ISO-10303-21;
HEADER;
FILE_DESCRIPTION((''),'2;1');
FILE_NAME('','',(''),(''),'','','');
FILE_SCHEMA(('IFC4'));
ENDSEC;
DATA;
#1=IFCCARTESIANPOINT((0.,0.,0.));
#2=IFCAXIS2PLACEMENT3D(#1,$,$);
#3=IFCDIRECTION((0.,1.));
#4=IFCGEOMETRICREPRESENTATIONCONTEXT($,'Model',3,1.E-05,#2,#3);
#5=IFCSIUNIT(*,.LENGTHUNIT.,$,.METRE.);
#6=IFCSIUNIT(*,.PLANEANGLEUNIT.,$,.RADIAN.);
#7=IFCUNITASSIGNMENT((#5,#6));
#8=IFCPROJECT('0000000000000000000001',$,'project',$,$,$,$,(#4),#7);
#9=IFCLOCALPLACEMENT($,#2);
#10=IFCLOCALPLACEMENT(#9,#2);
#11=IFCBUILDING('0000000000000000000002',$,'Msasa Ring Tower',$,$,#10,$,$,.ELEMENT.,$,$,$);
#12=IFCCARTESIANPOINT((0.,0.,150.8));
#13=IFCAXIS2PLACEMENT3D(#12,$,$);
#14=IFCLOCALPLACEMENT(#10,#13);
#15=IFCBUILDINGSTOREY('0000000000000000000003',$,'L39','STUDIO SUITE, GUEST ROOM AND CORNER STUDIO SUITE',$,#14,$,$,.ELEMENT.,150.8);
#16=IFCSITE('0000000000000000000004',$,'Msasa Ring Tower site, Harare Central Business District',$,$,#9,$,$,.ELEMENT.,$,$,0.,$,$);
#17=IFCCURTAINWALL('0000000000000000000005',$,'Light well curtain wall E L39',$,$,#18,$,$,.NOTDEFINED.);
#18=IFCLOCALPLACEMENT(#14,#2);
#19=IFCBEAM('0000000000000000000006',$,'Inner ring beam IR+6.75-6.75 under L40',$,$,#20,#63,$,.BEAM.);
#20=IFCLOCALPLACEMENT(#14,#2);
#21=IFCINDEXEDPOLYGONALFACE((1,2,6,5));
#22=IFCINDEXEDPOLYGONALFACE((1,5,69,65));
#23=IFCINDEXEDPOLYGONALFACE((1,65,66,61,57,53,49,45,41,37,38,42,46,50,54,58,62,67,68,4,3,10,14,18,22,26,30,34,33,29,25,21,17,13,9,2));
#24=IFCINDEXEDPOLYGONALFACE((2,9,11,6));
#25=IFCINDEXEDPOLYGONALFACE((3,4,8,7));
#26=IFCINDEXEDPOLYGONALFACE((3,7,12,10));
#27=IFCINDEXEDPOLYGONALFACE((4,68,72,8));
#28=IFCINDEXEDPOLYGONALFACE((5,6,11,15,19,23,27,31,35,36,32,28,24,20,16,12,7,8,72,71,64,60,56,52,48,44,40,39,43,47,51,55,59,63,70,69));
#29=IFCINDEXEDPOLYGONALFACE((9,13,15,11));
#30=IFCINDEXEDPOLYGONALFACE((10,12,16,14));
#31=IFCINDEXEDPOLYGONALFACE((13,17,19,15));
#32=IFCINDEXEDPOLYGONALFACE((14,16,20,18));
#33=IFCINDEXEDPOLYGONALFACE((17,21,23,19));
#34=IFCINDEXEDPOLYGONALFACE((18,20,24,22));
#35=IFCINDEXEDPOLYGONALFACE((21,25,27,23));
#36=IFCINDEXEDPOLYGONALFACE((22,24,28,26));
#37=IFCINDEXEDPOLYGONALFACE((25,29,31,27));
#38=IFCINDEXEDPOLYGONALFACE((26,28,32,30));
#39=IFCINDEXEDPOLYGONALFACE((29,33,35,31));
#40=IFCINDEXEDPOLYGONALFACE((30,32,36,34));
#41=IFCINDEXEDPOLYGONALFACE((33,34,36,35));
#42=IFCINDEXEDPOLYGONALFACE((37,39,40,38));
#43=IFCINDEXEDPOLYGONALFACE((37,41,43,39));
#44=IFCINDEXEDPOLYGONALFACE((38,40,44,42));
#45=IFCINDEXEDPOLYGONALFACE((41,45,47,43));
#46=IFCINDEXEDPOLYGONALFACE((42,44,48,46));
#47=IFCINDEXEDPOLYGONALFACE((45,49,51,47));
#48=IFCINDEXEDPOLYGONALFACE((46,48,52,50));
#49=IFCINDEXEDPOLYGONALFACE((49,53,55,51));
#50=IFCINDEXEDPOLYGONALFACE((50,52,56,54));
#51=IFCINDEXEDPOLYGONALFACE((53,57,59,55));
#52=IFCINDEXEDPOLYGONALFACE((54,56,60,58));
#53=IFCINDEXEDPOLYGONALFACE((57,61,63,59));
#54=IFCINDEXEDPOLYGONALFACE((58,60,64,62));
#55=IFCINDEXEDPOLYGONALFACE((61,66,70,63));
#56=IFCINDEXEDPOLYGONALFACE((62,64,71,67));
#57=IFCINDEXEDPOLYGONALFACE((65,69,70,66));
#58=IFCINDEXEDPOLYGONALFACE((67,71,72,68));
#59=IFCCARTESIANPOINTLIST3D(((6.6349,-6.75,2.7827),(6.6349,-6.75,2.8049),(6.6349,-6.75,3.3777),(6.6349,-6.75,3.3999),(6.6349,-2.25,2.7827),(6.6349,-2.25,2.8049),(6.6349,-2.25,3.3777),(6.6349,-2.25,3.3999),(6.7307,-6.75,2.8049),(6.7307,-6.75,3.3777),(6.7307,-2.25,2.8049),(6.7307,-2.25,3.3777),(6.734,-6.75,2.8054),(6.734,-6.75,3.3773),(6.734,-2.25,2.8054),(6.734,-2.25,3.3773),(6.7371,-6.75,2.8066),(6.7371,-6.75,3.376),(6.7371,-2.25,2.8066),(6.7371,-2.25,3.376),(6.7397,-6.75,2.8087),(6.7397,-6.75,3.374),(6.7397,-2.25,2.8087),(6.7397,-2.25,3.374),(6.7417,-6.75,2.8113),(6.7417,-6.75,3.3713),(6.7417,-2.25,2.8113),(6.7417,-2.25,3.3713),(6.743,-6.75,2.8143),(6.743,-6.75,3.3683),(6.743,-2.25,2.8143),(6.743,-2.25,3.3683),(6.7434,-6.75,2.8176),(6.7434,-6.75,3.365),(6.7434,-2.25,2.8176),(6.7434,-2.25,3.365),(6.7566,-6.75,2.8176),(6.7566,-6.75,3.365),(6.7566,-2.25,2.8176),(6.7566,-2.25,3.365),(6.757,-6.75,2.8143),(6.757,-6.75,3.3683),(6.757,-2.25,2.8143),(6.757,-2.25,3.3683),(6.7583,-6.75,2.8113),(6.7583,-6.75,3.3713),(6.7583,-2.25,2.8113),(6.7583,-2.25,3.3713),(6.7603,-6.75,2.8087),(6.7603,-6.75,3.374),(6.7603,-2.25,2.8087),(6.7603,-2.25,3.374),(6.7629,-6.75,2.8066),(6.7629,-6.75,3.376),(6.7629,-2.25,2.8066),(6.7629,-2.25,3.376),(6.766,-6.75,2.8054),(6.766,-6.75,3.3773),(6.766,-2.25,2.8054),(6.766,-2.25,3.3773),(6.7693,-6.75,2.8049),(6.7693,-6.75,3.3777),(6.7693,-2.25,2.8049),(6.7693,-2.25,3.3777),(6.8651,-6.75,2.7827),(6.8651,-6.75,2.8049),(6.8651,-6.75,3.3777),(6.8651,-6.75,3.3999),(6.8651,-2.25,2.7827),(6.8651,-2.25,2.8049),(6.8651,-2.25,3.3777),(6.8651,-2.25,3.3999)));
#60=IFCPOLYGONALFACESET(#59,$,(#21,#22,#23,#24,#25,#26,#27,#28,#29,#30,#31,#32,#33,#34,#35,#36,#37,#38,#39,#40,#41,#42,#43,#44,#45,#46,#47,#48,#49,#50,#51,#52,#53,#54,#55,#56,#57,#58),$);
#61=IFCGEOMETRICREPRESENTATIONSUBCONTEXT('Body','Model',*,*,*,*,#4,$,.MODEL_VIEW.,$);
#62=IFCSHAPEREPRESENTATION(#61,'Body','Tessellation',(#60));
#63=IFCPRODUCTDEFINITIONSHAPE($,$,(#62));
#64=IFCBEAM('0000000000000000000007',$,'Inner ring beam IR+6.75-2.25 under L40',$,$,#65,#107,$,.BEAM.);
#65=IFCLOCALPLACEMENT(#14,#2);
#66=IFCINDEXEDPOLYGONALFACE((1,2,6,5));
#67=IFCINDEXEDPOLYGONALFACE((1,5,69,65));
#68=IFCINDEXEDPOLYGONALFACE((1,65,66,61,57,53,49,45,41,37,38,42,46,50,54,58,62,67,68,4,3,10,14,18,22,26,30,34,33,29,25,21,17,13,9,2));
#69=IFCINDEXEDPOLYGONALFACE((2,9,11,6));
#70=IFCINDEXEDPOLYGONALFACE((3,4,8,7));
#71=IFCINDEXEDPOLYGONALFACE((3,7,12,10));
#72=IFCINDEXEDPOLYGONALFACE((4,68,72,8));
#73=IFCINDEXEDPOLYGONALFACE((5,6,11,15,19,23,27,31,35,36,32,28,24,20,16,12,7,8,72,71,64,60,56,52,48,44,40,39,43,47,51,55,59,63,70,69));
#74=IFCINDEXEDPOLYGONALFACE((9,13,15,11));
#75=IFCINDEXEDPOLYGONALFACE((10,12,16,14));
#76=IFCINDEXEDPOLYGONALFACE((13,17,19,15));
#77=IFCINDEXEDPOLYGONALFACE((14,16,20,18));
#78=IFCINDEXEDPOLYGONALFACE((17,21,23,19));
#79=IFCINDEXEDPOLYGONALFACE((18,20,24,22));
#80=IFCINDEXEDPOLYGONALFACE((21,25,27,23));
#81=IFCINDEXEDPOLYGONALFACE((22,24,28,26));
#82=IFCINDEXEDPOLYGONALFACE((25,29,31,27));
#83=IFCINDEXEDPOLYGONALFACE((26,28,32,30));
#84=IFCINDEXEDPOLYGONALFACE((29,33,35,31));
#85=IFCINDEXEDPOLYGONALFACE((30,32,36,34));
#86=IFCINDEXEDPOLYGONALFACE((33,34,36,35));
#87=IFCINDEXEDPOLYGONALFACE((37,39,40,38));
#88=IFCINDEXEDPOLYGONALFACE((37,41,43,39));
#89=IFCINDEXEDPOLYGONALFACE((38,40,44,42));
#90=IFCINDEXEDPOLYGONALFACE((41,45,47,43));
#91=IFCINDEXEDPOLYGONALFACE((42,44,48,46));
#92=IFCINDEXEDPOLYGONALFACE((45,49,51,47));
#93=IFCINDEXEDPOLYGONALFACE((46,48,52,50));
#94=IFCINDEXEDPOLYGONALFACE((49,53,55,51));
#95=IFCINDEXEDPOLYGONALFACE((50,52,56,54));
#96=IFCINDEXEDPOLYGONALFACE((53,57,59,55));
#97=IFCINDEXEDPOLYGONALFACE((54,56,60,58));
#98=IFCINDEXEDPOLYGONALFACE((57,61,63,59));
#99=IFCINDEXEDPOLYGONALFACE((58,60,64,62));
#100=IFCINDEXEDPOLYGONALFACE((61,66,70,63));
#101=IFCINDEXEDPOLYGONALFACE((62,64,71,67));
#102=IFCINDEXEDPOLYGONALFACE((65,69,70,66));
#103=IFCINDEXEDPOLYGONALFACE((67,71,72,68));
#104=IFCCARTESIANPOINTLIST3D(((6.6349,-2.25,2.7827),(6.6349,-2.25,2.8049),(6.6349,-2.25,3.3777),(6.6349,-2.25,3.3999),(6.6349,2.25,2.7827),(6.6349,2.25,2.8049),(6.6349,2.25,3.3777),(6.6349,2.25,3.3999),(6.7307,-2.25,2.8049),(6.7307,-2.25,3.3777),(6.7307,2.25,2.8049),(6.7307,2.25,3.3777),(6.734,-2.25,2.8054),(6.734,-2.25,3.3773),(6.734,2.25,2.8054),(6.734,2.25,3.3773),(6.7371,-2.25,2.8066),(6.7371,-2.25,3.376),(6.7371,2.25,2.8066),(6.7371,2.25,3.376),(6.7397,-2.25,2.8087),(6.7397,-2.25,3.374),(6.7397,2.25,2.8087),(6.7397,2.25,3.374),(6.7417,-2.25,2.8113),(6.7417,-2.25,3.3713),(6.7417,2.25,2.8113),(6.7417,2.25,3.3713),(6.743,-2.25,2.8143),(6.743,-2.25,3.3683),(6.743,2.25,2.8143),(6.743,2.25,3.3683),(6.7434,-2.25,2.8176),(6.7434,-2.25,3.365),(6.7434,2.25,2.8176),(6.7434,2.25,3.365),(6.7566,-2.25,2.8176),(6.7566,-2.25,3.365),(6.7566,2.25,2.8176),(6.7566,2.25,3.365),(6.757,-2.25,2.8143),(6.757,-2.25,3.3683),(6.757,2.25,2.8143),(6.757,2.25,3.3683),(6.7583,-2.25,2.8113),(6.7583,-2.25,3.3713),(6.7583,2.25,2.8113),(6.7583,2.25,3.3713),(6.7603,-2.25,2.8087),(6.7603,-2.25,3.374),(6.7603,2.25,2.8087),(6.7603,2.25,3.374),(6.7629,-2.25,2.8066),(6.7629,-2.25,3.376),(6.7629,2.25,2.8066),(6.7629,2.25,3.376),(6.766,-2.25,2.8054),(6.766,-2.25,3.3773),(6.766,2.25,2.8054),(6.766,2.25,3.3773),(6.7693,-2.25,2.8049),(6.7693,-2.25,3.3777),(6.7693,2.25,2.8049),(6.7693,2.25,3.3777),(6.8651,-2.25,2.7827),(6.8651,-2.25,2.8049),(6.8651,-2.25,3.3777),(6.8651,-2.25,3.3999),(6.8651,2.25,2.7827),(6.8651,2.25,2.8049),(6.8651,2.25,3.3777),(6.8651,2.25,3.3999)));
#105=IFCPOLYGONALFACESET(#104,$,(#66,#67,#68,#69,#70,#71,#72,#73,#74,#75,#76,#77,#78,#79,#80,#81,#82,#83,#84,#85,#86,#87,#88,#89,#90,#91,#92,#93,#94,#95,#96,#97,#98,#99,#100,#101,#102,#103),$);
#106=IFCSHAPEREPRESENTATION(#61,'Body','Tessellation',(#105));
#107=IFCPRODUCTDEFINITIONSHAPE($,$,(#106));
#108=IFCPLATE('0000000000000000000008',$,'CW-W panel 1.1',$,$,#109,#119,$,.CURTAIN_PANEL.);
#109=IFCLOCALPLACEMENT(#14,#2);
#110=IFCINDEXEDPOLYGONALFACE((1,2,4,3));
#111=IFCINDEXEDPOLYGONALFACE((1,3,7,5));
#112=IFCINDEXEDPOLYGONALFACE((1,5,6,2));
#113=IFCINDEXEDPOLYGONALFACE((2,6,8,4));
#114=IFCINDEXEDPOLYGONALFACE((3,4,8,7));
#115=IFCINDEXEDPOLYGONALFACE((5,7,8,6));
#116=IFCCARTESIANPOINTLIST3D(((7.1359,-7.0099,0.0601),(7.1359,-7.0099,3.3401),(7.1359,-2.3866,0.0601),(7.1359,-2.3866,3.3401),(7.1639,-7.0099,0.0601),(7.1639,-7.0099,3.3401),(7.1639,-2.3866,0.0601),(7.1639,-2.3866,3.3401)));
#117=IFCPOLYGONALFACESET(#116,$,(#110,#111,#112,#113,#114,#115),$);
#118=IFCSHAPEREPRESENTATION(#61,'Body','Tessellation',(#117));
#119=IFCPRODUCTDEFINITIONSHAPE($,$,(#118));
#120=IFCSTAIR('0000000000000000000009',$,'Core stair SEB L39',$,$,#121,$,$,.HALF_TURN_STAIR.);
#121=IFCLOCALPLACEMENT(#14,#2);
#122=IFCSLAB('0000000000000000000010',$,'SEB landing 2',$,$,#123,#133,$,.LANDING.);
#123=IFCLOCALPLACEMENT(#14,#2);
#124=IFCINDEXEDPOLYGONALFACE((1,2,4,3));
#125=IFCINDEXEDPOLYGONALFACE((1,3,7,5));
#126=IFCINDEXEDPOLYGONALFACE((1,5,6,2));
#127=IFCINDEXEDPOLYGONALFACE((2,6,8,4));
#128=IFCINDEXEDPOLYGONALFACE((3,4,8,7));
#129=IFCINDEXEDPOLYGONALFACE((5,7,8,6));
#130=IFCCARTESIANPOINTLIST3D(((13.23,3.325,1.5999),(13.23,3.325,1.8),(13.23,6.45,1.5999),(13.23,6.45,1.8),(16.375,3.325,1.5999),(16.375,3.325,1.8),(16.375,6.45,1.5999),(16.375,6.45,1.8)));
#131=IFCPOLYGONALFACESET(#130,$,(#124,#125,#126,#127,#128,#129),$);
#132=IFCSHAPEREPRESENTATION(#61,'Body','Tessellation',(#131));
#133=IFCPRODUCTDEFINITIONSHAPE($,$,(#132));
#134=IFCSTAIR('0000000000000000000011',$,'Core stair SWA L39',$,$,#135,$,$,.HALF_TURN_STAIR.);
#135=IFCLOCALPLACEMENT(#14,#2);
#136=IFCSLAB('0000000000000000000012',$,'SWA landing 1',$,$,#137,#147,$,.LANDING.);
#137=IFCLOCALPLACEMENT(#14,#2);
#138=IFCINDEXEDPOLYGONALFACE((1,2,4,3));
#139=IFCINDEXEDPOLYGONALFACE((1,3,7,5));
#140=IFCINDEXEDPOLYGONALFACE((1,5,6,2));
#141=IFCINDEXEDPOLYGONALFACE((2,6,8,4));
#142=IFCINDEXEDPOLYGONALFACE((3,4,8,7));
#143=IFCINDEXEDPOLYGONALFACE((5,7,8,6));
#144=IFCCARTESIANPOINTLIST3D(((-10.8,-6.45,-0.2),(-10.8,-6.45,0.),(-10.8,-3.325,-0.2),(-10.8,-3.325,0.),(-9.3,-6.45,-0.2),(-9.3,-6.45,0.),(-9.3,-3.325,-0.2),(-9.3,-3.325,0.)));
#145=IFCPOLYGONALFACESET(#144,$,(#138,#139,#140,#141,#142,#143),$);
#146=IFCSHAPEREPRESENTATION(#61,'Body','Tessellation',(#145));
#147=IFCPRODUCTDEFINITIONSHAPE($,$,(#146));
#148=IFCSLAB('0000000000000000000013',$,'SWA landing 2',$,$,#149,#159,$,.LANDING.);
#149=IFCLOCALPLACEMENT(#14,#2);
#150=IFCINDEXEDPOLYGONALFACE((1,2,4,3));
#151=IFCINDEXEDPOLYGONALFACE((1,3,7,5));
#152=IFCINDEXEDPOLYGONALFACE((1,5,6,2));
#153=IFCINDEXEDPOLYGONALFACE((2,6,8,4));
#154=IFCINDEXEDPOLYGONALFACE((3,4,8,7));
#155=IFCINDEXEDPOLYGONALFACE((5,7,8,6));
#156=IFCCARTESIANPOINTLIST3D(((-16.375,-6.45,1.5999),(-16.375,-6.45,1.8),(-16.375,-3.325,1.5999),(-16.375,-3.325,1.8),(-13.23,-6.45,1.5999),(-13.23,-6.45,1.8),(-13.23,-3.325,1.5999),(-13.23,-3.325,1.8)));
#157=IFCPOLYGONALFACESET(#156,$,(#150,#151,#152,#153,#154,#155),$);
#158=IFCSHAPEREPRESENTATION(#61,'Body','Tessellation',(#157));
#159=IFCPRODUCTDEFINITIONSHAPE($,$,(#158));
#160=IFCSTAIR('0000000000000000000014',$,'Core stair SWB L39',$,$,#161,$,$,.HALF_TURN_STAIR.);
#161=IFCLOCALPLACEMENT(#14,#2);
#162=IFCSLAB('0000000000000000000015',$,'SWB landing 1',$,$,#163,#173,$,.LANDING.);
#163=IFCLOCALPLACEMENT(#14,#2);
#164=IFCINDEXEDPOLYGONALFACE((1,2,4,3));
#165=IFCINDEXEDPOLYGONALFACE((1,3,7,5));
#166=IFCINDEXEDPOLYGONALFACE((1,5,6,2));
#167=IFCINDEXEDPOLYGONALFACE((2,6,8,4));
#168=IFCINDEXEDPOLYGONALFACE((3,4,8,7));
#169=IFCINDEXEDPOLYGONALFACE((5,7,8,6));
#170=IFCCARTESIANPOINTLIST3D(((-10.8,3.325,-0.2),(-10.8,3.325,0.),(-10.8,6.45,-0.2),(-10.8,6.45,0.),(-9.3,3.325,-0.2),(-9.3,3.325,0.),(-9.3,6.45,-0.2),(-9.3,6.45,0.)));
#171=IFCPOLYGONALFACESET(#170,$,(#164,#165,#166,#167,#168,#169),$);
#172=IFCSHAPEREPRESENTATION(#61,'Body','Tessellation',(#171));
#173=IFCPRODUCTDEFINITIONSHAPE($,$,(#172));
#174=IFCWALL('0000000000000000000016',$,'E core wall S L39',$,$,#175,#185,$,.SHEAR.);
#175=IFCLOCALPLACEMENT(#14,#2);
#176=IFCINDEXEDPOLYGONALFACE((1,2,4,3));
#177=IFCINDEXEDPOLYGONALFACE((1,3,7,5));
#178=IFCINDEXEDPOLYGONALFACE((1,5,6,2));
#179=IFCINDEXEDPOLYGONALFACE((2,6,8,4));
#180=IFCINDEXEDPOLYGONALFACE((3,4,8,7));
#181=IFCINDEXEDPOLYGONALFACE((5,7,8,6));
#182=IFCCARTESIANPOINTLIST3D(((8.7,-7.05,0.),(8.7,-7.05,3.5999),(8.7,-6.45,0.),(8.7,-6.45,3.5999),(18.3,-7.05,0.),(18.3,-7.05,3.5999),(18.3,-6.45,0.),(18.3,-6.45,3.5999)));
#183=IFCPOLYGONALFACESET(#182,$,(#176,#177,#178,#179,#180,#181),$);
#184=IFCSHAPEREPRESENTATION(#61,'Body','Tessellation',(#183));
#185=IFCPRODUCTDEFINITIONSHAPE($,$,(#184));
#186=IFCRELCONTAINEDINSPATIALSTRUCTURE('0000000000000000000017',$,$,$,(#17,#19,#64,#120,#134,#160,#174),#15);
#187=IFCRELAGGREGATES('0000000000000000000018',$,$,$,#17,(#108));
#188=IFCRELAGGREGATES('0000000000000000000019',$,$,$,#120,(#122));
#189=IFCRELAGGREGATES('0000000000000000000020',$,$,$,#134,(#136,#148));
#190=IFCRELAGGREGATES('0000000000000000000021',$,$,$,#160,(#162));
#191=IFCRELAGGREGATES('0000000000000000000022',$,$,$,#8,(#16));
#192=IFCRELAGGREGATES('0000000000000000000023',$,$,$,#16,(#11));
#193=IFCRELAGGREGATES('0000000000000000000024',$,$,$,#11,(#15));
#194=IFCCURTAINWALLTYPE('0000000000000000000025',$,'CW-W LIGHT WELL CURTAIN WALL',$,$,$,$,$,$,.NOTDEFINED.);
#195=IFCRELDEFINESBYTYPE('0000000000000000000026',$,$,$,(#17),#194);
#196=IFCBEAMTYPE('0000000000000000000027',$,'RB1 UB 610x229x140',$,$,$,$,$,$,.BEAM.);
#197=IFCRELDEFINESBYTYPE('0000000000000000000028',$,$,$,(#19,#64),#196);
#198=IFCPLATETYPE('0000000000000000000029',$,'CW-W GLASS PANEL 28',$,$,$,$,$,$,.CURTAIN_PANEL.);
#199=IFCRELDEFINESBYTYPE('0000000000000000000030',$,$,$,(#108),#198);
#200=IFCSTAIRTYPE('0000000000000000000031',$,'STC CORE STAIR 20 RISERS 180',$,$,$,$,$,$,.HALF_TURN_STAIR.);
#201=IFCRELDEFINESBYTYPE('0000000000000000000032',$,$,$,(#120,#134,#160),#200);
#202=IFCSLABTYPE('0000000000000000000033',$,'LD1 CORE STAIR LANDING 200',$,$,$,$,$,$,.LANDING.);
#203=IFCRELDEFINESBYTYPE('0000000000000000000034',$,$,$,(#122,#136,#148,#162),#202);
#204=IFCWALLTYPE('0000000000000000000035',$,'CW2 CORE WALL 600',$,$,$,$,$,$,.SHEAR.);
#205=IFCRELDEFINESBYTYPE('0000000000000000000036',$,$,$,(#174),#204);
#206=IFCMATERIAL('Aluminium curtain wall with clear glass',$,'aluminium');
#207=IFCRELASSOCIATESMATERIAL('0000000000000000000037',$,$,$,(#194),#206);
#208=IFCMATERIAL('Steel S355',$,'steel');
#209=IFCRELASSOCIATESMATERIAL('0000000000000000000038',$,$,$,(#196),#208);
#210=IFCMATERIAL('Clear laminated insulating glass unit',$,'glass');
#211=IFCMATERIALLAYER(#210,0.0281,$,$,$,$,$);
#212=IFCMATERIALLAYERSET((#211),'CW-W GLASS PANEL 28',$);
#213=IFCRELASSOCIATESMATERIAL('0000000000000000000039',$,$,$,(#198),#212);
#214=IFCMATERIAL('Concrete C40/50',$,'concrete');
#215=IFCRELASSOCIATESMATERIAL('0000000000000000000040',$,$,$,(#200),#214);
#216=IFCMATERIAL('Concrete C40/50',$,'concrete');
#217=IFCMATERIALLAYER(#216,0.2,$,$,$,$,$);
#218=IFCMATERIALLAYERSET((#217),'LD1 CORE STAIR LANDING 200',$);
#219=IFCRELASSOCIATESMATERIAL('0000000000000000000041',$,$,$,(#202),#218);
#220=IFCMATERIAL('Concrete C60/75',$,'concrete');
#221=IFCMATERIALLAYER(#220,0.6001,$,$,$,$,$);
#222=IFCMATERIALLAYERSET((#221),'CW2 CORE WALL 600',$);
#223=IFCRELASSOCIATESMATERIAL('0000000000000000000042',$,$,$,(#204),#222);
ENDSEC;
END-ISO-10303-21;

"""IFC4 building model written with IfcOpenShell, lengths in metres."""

from ifc_helpers import new_model, si_unit, direction, frame, frame_2d, origin, origin_2d, place, context, subcontext, project, spatial, polyline, rectangle, i_section, outline, extrude, material, layer, layer_set, material_profile, profile_set, type_object, element, aggregate, save


model = new_model("IFC4")

# Units and contexts
model_context = context("Model", 3, precision=1e-05, world=origin(), true_north=direction((0.0, 1.0)))
body_context = subcontext(model_context, "Body", "Model", "MODEL_VIEW")
ifc_project = project(units=[si_unit("LENGTHUNIT", "METRE"), si_unit("PLANEANGLEUNIT", "RADIAN")], contexts=[model_context])

# Site, building, storey
site_placement = place(None, origin())
site = spatial("IfcSite", under=ifc_project, at=site_placement, Name="Msasa Ring Tower site, Harare Central Business District", CompositionType="ELEMENT", RefElevation=0.0)
building_placement = place(site_placement, origin())
building = spatial("IfcBuilding", under=site, at=building_placement, Name="Msasa Ring Tower", CompositionType="ELEMENT")
storey_placement = place(building_placement, frame((0.0, 0.0, 150.8)))
storey = spatial("IfcBuildingStorey", under=building, at=storey_placement, Name="L39", Description="STUDIO SUITE, GUEST ROOM AND CORNER STUDIO SUITE", CompositionType="ELEMENT", Elevation=150.8)

# Curtain wall
ifc_material_1 = material(Name="Aluminium curtain wall with clear glass", Category="aluminium")
curtain_wall_type = type_object("IfcCurtainWallType", Name="CW-W LIGHT WELL CURTAIN WALL", PredefinedType="NOTDEFINED", material=ifc_material_1)
curtain_wall_placement = place(storey_placement, origin())
curtain_wall = element("IfcCurtainWall", 1, at=curtain_wall_placement, inside=storey, type_object=curtain_wall_type, Name="Light well curtain wall E L39", PredefinedType="NOTDEFINED")

# Beams
ifc_material_2 = material(Name="Steel S355", Category="steel")
ifc_material_profile_1 = material_profile(ifc_material_2, i_section(OverallWidth=0.2302, OverallDepth=0.6172, WebThickness=0.0132, FlangeThickness=0.0222, FilletRadius=0.0127, at=origin_2d()), Name="UB 610x229x140")
ifc_profile_set_1 = profile_set([ifc_material_profile_1], Name="Steel S355")
beam_type = type_object("IfcBeamType", Name="RB1 UB 610x229x140", PredefinedType="BEAM", material=ifc_profile_set_1)
for number, where, z_axis, x_axis, name in (
    (2, (6.75, -6.75, 3.0913), (0.0, 1.0, 0.0), (-1.0, 0.0, 0.0), "Inner ring beam IR+6.75-6.75 under L40"),
    (3, (6.75, -2.25, 3.0913), (0.0, 1.0, 0.0), (-1.0, 0.0, 0.0), "Inner ring beam IR+6.75-2.25 under L40"),
):
    element("IfcBeam", number, at=place(storey_placement, frame(where, z_axis=z_axis, x_axis=x_axis)), inside=storey, type_object=beam_type, Name=name, PredefinedType="BEAM", context=body_context, shape_type="SweptSolid", body=[
        extrude(i_section(OverallWidth=0.2302, OverallDepth=0.6172, WebThickness=0.0132, FlangeThickness=0.0222, FilletRadius=0.0127, at=origin_2d()), origin(), (0.0, 0.0, 1.0), 4.5),
    ])

# Plate
ifc_material_3 = material(Name="Clear laminated insulating glass unit", Category="glass")
ifc_layer_1 = layer(ifc_material_3, 0.0281)
ifc_layer_set_1 = layer_set([ifc_layer_1], Name="CW-W GLASS PANEL 28")
plate_type = type_object("IfcPlateType", Name="CW-W GLASS PANEL 28", PredefinedType="CURTAIN_PANEL", material=ifc_layer_set_1)
plate_placement = place(storey_placement, frame((7.1499, -4.6982, 0.0601), z_axis=(0.0, 0.0, 1.0), x_axis=(0.0, 1.0, 0.0)))
plate = element("IfcPlate", 4, at=plate_placement, type_object=plate_type, Name="CW-W panel 1.1", PredefinedType="CURTAIN_PANEL", context=body_context, shape_type="SweptSolid", body=[
    extrude(rectangle(XDim=4.6233, YDim=0.0281, at=origin_2d()), origin(), (0.0, 0.0, 1.0), 3.28),
])
aggregate(curtain_wall, [plate])

# Stair, slab
ifc_material_4 = material(Name="Concrete C40/50", Category="concrete")
stair_type = type_object("IfcStairType", Name="STC CORE STAIR 20 RISERS 180", PredefinedType="HALF_TURN_STAIR", material=ifc_material_4)
stair_1_placement = place(storey_placement, origin())
stair_1 = element("IfcStair", 5, at=stair_1_placement, inside=storey, type_object=stair_type, Name="Core stair SEB L39", PredefinedType="HALF_TURN_STAIR")
ifc_material_5 = material(Name="Concrete C40/50", Category="concrete")
ifc_layer_2 = layer(ifc_material_5, 0.2)
ifc_layer_set_2 = layer_set([ifc_layer_2], Name="LD1 CORE STAIR LANDING 200")
slab_type = type_object("IfcSlabType", Name="LD1 CORE STAIR LANDING 200", PredefinedType="LANDING", material=ifc_layer_set_2)
slab_1_placement = place(storey_placement, frame((0.0, 0.0, 1.5999)))
slab_1 = element("IfcSlab", 6, at=slab_1_placement, type_object=slab_type, Name="SEB landing 2", PredefinedType="LANDING", context=body_context, shape_type="SweptSolid", body=[
    extrude(outline(polyline([(13.23, 3.325), (16.375, 3.325), (16.375, 6.45), (13.23, 6.45), (13.23, 3.325)])), origin(), (0.0, 0.0, 1.0), 0.2002),
])
aggregate(stair_1, [slab_1])

# Stair, slabs
stair_2_placement = place(storey_placement, origin())
stair_2 = element("IfcStair", 7, at=stair_2_placement, inside=storey, type_object=stair_type, Name="Core stair SWA L39", PredefinedType="HALF_TURN_STAIR")
slab_2_placement = place(storey_placement, frame((0.0, 0.0, -0.2)))
slab_2 = element("IfcSlab", 8, at=slab_2_placement, type_object=slab_type, Name="SWA landing 1", PredefinedType="LANDING", context=body_context, shape_type="SweptSolid", body=[
    extrude(outline(polyline([(-10.8, -6.45), (-9.3, -6.45), (-9.3, -3.325), (-10.8, -3.325), (-10.8, -6.45)])), origin(), (0.0, 0.0, 1.0), 0.2),
])
slab_3_placement = place(storey_placement, frame((0.0, 0.0, 1.5999)))
slab_3 = element("IfcSlab", 9, at=slab_3_placement, type_object=slab_type, Name="SWA landing 2", PredefinedType="LANDING", context=body_context, shape_type="SweptSolid", body=[
    extrude(outline(polyline([(-16.375, -6.45), (-13.23, -6.45), (-13.23, -3.325), (-16.375, -3.325), (-16.375, -6.45)])), origin(), (0.0, 0.0, 1.0), 0.2002),
])
aggregate(stair_2, [slab_2, slab_3])

# Stair, slab
stair_3_placement = place(storey_placement, origin())
stair_3 = element("IfcStair", 10, at=stair_3_placement, inside=storey, type_object=stair_type, Name="Core stair SWB L39", PredefinedType="HALF_TURN_STAIR")
slab_4_placement = place(storey_placement, frame((0.0, 0.0, -0.2)))
slab_4 = element("IfcSlab", 11, at=slab_4_placement, type_object=slab_type, Name="SWB landing 1", PredefinedType="LANDING", context=body_context, shape_type="SweptSolid", body=[
    extrude(outline(polyline([(-10.8, 3.325), (-9.3, 3.325), (-9.3, 6.45), (-10.8, 6.45), (-10.8, 3.325)])), origin(), (0.0, 0.0, 1.0), 0.2),
])
aggregate(stair_3, [slab_4])

# Wall
ifc_material_6 = material(Name="Concrete C60/75", Category="concrete")
ifc_layer_3 = layer(ifc_material_6, 0.6001)
ifc_layer_set_3 = layer_set([ifc_layer_3], Name="CW2 CORE WALL 600")
wall_type_1 = type_object("IfcWallType", Name="CW2 CORE WALL 600", PredefinedType="SHEAR", material=ifc_layer_set_3)
wall_1_placement = place(storey_placement, frame((8.7, -6.75, 0.0), z_axis=(0.0, 0.0, 1.0), x_axis=(1.0, 0.0, 0.0)))
element("IfcWall", 12, at=wall_1_placement, inside=storey, type_object=wall_type_1, Name="E core wall S L39", PredefinedType="SHEAR", context=body_context, shape_type="SweptSolid", body=[
    extrude(rectangle(XDim=9.6001, YDim=0.6001, at=frame_2d((4.8, 0.0))), origin(), (0.0, 0.0, 1.0), 3.5999),
])

save(model, "model.ifc")
